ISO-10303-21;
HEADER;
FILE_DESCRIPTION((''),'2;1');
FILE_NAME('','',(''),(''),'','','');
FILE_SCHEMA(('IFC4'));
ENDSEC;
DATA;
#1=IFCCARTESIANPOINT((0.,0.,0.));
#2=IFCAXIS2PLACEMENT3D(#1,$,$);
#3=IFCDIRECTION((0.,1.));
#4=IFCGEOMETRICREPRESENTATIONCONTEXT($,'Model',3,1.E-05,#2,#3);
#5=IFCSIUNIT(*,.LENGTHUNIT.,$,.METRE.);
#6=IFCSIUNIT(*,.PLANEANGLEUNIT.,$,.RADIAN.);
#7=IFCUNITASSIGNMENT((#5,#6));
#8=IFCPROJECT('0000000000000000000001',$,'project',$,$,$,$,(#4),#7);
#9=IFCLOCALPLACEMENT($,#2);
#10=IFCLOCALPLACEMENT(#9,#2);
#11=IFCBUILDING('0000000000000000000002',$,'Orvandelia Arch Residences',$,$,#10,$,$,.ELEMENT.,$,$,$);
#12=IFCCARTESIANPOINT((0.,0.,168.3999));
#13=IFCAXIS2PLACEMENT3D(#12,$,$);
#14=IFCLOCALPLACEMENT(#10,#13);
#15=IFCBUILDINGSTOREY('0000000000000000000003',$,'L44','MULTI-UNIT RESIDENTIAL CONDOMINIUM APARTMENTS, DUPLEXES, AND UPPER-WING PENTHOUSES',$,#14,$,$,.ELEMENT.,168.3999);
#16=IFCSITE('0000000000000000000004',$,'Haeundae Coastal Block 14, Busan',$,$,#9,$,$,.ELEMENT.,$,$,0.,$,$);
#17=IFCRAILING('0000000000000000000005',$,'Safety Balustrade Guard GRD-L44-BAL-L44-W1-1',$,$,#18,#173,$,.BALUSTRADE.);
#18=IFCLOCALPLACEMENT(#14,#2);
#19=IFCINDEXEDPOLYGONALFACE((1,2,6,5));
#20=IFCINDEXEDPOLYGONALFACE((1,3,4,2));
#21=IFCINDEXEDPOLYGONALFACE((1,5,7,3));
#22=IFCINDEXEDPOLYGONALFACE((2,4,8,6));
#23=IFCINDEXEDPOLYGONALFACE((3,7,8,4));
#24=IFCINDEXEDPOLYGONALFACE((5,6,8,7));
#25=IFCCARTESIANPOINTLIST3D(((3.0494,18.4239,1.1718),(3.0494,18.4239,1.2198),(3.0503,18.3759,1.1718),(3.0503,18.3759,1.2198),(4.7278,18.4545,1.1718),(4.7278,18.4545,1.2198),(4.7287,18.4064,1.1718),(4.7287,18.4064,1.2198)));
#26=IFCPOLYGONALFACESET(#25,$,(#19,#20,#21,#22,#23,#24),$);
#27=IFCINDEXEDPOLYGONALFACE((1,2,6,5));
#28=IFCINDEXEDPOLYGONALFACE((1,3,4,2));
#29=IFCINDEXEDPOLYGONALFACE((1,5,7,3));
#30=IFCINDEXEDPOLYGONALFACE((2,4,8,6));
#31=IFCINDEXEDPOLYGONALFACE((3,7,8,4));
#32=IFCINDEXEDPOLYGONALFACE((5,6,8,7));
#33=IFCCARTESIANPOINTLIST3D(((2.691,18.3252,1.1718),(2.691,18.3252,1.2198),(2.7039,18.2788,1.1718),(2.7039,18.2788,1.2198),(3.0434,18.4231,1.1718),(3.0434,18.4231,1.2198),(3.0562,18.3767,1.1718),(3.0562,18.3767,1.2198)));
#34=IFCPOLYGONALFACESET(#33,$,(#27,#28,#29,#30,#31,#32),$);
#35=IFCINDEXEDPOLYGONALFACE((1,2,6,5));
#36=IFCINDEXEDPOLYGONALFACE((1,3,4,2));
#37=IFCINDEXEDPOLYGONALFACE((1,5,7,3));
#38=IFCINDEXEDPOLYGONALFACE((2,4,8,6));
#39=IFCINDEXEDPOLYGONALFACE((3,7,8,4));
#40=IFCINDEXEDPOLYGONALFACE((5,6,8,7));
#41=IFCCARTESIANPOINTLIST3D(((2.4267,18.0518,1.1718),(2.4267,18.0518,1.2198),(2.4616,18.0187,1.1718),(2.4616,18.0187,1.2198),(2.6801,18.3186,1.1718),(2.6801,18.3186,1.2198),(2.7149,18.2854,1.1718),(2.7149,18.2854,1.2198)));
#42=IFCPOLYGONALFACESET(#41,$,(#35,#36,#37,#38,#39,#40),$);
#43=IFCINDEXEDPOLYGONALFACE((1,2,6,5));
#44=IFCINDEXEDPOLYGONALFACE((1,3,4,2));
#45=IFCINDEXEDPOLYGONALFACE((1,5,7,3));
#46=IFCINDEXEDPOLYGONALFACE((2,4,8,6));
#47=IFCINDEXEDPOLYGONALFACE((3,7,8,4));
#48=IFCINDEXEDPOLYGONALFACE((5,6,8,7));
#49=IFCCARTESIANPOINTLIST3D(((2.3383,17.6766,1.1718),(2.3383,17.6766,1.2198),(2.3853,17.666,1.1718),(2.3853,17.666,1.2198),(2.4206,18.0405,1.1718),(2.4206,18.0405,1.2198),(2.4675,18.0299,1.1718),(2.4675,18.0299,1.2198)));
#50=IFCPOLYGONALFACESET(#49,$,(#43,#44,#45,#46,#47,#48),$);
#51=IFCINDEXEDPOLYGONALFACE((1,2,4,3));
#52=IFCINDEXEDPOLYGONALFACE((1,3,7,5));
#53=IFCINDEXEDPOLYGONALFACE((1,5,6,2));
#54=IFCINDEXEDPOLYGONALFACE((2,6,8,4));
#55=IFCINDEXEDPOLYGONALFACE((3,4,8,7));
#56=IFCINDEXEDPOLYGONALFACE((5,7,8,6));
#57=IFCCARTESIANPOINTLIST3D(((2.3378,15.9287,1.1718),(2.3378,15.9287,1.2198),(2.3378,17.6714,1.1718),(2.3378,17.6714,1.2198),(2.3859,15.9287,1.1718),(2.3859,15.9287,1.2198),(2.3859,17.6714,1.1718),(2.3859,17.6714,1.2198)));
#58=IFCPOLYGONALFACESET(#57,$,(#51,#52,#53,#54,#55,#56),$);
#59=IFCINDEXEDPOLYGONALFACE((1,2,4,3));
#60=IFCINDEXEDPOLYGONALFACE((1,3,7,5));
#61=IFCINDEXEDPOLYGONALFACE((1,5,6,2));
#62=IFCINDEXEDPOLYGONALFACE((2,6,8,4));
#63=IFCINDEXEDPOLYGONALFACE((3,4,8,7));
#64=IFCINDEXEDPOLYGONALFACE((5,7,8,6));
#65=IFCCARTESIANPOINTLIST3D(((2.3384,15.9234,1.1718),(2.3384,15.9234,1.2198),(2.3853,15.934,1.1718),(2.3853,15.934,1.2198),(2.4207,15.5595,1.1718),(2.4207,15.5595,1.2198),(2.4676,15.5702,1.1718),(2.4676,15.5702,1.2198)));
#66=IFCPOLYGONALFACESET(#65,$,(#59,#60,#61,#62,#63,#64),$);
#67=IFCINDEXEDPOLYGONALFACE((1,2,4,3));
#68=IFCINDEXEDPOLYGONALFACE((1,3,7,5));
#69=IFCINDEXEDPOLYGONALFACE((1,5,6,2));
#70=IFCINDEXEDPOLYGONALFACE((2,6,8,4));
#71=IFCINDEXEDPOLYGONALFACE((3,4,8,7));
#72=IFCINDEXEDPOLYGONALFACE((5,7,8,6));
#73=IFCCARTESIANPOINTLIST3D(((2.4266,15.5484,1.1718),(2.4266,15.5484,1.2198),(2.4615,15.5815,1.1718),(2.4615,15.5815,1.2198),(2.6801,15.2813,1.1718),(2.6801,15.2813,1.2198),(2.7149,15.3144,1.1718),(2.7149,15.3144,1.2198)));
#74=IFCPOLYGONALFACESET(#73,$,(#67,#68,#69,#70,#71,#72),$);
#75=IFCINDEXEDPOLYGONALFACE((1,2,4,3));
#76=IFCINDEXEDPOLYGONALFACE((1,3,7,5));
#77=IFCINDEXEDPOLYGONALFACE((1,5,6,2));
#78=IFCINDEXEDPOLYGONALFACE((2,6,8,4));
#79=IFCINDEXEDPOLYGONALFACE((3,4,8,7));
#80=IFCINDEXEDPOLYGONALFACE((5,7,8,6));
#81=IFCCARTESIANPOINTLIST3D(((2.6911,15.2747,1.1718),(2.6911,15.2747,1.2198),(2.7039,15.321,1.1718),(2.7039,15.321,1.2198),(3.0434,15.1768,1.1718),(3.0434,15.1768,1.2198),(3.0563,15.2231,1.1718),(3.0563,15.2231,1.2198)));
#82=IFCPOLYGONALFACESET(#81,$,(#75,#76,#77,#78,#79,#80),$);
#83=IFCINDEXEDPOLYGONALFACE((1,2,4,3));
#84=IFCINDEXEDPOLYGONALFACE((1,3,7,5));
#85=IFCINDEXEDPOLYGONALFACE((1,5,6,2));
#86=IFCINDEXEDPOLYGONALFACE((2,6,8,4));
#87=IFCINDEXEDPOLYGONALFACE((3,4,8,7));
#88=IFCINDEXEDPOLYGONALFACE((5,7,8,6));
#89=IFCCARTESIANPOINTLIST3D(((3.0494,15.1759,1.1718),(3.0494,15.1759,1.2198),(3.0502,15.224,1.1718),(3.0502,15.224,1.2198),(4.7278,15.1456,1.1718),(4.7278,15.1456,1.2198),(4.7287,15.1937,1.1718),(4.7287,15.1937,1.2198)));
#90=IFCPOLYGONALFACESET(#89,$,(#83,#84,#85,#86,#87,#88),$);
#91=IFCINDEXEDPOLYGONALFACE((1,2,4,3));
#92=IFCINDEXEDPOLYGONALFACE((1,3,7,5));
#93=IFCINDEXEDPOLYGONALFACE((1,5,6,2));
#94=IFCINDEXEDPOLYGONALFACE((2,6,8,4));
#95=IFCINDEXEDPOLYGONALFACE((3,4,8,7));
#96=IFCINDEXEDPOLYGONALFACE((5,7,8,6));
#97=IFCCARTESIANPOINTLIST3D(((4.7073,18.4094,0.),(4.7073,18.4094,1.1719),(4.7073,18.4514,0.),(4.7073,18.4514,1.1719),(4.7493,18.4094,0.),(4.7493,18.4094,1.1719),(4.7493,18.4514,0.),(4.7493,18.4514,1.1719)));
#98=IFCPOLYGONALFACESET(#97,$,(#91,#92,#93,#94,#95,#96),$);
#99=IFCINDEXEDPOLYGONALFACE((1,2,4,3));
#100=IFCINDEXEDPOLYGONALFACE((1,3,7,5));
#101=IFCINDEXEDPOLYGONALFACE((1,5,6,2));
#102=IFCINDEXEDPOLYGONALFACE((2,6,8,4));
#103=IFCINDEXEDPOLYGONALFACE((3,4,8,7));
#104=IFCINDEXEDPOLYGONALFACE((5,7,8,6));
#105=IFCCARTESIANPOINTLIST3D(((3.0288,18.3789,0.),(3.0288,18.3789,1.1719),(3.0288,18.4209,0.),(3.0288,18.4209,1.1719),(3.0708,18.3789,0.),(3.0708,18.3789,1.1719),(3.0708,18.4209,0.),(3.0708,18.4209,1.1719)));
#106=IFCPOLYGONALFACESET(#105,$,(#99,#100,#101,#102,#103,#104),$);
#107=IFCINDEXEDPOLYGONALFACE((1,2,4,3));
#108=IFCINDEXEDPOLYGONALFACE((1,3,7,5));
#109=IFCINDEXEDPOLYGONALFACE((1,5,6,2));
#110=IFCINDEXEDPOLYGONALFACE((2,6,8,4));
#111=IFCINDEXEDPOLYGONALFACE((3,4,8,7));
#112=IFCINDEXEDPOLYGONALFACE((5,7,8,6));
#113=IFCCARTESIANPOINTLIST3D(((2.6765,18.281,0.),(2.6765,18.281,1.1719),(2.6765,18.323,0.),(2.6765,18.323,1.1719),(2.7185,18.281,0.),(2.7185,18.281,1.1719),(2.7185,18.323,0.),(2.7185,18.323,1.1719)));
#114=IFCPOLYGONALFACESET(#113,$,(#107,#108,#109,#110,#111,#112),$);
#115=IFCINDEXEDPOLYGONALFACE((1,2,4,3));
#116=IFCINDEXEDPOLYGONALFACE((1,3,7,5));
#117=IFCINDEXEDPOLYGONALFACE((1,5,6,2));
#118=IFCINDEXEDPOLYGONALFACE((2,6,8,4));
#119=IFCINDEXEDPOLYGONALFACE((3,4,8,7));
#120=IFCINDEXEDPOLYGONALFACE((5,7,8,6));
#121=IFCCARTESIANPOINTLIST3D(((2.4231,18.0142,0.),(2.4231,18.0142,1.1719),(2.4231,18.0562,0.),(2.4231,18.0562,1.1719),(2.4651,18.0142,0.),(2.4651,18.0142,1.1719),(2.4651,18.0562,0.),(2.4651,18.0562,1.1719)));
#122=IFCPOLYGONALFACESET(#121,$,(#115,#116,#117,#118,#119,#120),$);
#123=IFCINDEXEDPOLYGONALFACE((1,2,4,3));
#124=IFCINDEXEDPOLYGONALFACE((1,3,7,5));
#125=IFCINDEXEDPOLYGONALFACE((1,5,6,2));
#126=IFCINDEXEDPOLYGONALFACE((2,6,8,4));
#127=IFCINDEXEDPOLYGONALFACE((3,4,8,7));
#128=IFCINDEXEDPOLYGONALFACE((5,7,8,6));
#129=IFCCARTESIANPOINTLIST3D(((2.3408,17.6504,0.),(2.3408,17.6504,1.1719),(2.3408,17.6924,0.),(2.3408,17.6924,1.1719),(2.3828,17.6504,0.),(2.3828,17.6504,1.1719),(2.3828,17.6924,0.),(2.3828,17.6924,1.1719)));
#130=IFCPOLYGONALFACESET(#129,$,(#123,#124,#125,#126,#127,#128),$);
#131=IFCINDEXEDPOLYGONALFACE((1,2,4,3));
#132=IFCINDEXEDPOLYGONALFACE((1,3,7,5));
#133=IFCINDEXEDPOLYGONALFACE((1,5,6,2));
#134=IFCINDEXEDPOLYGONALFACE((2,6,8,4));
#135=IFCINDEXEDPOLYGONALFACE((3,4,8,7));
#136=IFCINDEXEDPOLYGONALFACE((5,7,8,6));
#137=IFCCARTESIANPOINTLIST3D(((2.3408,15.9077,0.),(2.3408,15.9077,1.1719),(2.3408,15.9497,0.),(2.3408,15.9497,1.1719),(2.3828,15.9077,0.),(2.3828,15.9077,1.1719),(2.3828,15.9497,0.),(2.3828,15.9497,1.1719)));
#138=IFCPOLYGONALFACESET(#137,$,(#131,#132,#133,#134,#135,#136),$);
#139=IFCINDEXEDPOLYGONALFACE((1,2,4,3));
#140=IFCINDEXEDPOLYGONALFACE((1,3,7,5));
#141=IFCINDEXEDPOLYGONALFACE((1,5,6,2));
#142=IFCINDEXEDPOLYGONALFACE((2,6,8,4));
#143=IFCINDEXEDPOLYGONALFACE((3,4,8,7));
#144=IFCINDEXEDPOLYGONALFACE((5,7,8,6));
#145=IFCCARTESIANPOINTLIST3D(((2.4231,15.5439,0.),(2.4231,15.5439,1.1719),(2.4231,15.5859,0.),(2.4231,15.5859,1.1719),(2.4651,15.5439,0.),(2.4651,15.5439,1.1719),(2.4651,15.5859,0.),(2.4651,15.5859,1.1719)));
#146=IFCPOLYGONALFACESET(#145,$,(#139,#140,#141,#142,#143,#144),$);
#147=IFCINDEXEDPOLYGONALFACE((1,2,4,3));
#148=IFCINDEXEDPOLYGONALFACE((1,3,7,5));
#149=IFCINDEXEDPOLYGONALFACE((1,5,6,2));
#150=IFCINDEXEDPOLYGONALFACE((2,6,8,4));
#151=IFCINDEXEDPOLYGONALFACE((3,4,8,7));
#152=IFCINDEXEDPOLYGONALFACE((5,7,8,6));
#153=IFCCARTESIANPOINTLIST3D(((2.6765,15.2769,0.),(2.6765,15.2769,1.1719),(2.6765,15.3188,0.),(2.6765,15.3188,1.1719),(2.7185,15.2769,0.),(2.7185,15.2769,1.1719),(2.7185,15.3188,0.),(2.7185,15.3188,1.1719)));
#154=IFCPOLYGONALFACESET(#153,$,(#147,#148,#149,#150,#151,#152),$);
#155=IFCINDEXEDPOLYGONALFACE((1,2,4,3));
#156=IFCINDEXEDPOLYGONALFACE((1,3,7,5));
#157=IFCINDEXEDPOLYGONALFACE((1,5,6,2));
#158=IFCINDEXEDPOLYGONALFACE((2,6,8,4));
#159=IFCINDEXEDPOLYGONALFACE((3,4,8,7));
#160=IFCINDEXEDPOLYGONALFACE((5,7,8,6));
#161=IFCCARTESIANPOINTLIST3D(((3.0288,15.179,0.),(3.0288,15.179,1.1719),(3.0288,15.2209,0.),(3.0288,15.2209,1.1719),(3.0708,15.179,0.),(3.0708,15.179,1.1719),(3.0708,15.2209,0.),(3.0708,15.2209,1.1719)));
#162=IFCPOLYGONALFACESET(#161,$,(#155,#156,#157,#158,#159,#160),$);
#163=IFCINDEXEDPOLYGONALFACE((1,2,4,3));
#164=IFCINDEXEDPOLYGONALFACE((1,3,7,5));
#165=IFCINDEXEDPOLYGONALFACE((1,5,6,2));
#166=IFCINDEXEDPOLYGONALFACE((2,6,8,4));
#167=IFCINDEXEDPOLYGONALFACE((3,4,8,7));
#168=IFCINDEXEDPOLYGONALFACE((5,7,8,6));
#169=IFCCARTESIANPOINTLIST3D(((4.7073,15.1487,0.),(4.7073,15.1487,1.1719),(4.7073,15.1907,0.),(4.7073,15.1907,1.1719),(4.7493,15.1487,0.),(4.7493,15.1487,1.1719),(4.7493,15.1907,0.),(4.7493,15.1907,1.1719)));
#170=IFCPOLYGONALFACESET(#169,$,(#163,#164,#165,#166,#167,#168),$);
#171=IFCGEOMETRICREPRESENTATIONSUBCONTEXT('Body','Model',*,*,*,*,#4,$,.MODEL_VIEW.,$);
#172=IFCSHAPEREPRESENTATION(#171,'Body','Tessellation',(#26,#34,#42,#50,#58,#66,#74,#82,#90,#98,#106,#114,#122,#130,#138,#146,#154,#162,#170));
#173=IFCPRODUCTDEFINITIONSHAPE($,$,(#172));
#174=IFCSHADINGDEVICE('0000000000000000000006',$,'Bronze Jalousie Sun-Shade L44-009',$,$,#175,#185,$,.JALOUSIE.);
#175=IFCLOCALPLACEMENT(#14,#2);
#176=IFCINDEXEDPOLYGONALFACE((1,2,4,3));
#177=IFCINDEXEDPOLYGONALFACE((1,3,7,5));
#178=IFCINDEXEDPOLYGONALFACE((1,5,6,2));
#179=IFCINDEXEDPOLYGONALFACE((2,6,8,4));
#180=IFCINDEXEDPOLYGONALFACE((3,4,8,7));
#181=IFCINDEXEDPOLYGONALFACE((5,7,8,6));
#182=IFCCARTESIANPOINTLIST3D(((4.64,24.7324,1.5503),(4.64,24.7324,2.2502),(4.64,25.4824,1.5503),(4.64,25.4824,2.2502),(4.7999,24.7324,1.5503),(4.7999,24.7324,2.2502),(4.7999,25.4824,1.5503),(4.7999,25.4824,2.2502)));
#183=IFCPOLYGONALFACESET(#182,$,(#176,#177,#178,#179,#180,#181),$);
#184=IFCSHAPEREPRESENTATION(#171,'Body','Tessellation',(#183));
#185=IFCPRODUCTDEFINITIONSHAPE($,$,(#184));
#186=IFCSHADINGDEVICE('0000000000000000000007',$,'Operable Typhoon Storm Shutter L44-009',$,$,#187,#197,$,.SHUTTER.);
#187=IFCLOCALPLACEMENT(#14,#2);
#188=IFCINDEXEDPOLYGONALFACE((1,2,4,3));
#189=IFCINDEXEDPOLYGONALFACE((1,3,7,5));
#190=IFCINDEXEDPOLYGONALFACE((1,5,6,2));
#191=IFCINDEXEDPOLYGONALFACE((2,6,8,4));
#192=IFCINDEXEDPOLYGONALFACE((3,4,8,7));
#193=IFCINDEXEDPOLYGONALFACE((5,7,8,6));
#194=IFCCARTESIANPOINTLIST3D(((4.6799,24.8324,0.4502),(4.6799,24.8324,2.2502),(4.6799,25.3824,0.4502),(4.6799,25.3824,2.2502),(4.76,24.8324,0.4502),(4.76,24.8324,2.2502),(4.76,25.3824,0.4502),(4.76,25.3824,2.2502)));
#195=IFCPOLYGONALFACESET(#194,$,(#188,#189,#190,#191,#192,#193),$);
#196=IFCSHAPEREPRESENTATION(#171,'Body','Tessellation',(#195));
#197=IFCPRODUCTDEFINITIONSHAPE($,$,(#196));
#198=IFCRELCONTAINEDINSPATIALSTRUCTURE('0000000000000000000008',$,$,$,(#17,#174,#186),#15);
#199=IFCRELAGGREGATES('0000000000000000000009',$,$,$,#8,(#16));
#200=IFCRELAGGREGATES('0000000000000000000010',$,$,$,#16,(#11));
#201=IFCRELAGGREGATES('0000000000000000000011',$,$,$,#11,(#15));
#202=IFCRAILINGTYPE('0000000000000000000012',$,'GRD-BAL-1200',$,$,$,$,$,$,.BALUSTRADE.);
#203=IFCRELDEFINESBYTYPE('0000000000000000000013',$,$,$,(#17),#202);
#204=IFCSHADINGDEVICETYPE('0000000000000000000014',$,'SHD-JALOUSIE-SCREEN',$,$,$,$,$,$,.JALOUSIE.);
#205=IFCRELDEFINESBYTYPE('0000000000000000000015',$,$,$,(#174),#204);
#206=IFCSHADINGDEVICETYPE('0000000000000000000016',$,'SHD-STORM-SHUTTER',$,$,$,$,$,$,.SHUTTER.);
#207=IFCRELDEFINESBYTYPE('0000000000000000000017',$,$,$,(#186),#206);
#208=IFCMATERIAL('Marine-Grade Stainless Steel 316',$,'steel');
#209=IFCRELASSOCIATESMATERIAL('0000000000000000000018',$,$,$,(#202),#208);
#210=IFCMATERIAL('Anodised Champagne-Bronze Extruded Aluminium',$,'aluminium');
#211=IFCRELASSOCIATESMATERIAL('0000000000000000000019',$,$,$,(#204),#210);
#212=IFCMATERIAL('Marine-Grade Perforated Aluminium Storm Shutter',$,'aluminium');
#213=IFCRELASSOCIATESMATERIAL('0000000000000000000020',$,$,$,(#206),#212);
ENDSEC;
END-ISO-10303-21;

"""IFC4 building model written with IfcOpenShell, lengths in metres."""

from ifc_helpers import new_model, si_unit, direction, frame, origin, origin_2d, place, context, subcontext, project, spatial, rectangle, extrude, material, type_object, element, save


model = new_model("IFC4")

# Units and contexts
model_context = context("Model", 3, precision=1e-05, world=origin(), true_north=direction((0.0, 1.0)))
body_context = subcontext(model_context, "Body", "Model", "MODEL_VIEW")
ifc_project = project(units=[si_unit("LENGTHUNIT", "METRE"), si_unit("PLANEANGLEUNIT", "RADIAN")], contexts=[model_context])

# Site, building, storey
site_placement = place(None, origin())
site = spatial("IfcSite", under=ifc_project, at=site_placement, Name="Haeundae Coastal Block 14, Busan", CompositionType="ELEMENT", RefElevation=0.0)
building_placement = place(site_placement, origin())
building = spatial("IfcBuilding", under=site, at=building_placement, Name="Orvandelia Arch Residences", CompositionType="ELEMENT")
storey_placement = place(building_placement, frame((0.0, 0.0, 168.3999)))
storey = spatial("IfcBuildingStorey", under=building, at=storey_placement, Name="L44", Description="MULTI-UNIT RESIDENTIAL CONDOMINIUM APARTMENTS, DUPLEXES, AND UPPER-WING PENTHOUSES", CompositionType="ELEMENT", Elevation=168.3999)

# Railing
ifc_material_1 = material(Name="Marine-Grade Stainless Steel 316", Category="steel")
railing_type = type_object("IfcRailingType", Name="GRD-BAL-1200", PredefinedType="BALUSTRADE", material=ifc_material_1)
railing_placement = place(storey_placement, frame((4.7283, 18.4304, 0.0)))
element("IfcRailing", 1, at=railing_placement, inside=storey, type_object=railing_type, Name="Safety Balustrade Guard GRD-L44-BAL-L44-W1-1", PredefinedType="BALUSTRADE", context=body_context, shape_type="SweptSolid", body=[
    extrude(rectangle(XDim=0.0481, YDim=0.0481, at=origin_2d()), frame((0.0, 0.0, 1.1958), z_axis=(-0.999835, -0.018179, 0.0), x_axis=(0.018179, -0.999835, 0.0)), (0.0, 0.0, 1.0), 1.6787),
    extrude(rectangle(XDim=0.0481, YDim=0.0481, at=origin_2d()), frame((-1.6785, -0.0305, 1.1958), z_axis=(-0.963489, -0.267747, 0.0), x_axis=(0.267747, -0.963489, 0.0)), (0.0, 0.0, 1.0), 0.3657),
    extrude(rectangle(XDim=0.0481, YDim=0.0481, at=origin_2d()), frame((-2.0308, -0.1284, 1.1958), z_axis=(-0.688627, -0.725115, 0.0), x_axis=(0.725115, -0.688627, 0.0)), (0.0, 0.0, 1.0), 0.3679),
    extrude(rectangle(XDim=0.0481, YDim=0.0481, at=origin_2d()), frame((-2.2842, -0.3953, 1.1958), z_axis=(-0.220602, -0.975364, 0.0), x_axis=(0.975364, -0.220602, 0.0)), (0.0, 0.0, 1.0), 0.373),
    extrude(rectangle(XDim=0.0481, YDim=0.0481, at=origin_2d()), frame((-2.3665, -0.759, 1.1958), z_axis=(0.0, -1.0, 0.0), x_axis=(1.0, 0.0, 0.0)), (0.0, 0.0, 1.0), 1.7427),
    extrude(rectangle(XDim=0.0481, YDim=0.0481, at=origin_2d()), frame((-2.3665, -2.5017, 1.1958), z_axis=(0.220602, -0.975364, 0.0), x_axis=(0.975364, 0.220602, 0.0)), (0.0, 0.0, 1.0), 0.373),
    extrude(rectangle(XDim=0.0481, YDim=0.0481, at=origin_2d()), frame((-2.2842, -2.8655, 1.1958), z_axis=(0.688296, -0.72543, 0.0), x_axis=(0.72543, 0.688296, 0.0)), (0.0, 0.0, 1.0), 0.3682),
    extrude(rectangle(XDim=0.0481, YDim=0.0481, at=origin_2d()), frame((-2.0308, -3.1326, 1.1958), z_axis=(0.963489, -0.267747, 0.0), x_axis=(0.267747, 0.963489, 0.0)), (0.0, 0.0, 1.0), 0.3657),
    extrude(rectangle(XDim=0.0481, YDim=0.0481, at=origin_2d()), frame((-1.6785, -3.2305, 1.1958), z_axis=(0.999837, -0.018033, 0.0), x_axis=(0.018033, 0.999837, 0.0)), (0.0, 0.0, 1.0), 1.6787),
    extrude(rectangle(XDim=0.042, YDim=0.042, at=origin_2d()), origin(), (0.0, 0.0, 1.0), 1.1719),
    extrude(rectangle(XDim=0.042, YDim=0.042, at=origin_2d()), frame((-1.6785, -0.0305, 0.0)), (0.0, 0.0, 1.0), 1.1719),
    extrude(rectangle(XDim=0.042, YDim=0.042, at=origin_2d()), frame((-2.0308, -0.1284, 0.0)), (0.0, 0.0, 1.0), 1.1719),
    extrude(rectangle(XDim=0.042, YDim=0.042, at=origin_2d()), frame((-2.2842, -0.3953, 0.0)), (0.0, 0.0, 1.0), 1.1719),
    extrude(rectangle(XDim=0.042, YDim=0.042, at=origin_2d()), frame((-2.3665, -0.759, 0.0)), (0.0, 0.0, 1.0), 1.1719),
    extrude(rectangle(XDim=0.042, YDim=0.042, at=origin_2d()), frame((-2.3665, -2.5017, 0.0)), (0.0, 0.0, 1.0), 1.1719),
    extrude(rectangle(XDim=0.042, YDim=0.042, at=origin_2d()), frame((-2.2842, -2.8655, 0.0)), (0.0, 0.0, 1.0), 1.1719),
    extrude(rectangle(XDim=0.042, YDim=0.042, at=origin_2d()), frame((-2.0308, -3.1326, 0.0)), (0.0, 0.0, 1.0), 1.1719),
    extrude(rectangle(XDim=0.042, YDim=0.042, at=origin_2d()), frame((-1.6785, -3.2305, 0.0)), (0.0, 0.0, 1.0), 1.1719),
    extrude(rectangle(XDim=0.042, YDim=0.042, at=origin_2d()), frame((0.0, -3.2607, 0.0)), (0.0, 0.0, 1.0), 1.1719),
])

# Shading devices
ifc_material_2 = material(Name="Anodised Champagne-Bronze Extruded Aluminium", Category="aluminium")
shading_device_type_1 = type_object("IfcShadingDeviceType", Name="SHD-JALOUSIE-SCREEN", PredefinedType="JALOUSIE", material=ifc_material_2)
shading_device_1_placement = place(storey_placement, frame((4.72, 25.1074, 1.5503), z_axis=(0.0, 0.0, 1.0), x_axis=(0.0, 1.0, 0.0)))
element("IfcShadingDevice", 2, at=shading_device_1_placement, inside=storey, type_object=shading_device_type_1, Name="Bronze Jalousie Sun-Shade L44-009", PredefinedType="JALOUSIE", context=body_context, shape_type="SweptSolid", body=[
    extrude(rectangle(XDim=0.75, YDim=0.1599, at=origin_2d()), origin(), (0.0, 0.0, 1.0), 0.7),
])
ifc_material_3 = material(Name="Marine-Grade Perforated Aluminium Storm Shutter", Category="aluminium")
shading_device_type_2 = type_object("IfcShadingDeviceType", Name="SHD-STORM-SHUTTER", PredefinedType="SHUTTER", material=ifc_material_3)
shading_device_2_placement = place(storey_placement, frame((4.72, 25.1074, 0.4502), z_axis=(0.0, 0.0, 1.0), x_axis=(0.0, 1.0, 0.0)))
element("IfcShadingDevice", 3, at=shading_device_2_placement, inside=storey, type_object=shading_device_type_2, Name="Operable Typhoon Storm Shutter L44-009", PredefinedType="SHUTTER", context=body_context, shape_type="SweptSolid", body=[
    extrude(rectangle(XDim=0.55, YDim=0.0801, at=origin_2d()), origin(), (0.0, 0.0, 1.0), 1.8),
])

save(model, "model.ifc")
